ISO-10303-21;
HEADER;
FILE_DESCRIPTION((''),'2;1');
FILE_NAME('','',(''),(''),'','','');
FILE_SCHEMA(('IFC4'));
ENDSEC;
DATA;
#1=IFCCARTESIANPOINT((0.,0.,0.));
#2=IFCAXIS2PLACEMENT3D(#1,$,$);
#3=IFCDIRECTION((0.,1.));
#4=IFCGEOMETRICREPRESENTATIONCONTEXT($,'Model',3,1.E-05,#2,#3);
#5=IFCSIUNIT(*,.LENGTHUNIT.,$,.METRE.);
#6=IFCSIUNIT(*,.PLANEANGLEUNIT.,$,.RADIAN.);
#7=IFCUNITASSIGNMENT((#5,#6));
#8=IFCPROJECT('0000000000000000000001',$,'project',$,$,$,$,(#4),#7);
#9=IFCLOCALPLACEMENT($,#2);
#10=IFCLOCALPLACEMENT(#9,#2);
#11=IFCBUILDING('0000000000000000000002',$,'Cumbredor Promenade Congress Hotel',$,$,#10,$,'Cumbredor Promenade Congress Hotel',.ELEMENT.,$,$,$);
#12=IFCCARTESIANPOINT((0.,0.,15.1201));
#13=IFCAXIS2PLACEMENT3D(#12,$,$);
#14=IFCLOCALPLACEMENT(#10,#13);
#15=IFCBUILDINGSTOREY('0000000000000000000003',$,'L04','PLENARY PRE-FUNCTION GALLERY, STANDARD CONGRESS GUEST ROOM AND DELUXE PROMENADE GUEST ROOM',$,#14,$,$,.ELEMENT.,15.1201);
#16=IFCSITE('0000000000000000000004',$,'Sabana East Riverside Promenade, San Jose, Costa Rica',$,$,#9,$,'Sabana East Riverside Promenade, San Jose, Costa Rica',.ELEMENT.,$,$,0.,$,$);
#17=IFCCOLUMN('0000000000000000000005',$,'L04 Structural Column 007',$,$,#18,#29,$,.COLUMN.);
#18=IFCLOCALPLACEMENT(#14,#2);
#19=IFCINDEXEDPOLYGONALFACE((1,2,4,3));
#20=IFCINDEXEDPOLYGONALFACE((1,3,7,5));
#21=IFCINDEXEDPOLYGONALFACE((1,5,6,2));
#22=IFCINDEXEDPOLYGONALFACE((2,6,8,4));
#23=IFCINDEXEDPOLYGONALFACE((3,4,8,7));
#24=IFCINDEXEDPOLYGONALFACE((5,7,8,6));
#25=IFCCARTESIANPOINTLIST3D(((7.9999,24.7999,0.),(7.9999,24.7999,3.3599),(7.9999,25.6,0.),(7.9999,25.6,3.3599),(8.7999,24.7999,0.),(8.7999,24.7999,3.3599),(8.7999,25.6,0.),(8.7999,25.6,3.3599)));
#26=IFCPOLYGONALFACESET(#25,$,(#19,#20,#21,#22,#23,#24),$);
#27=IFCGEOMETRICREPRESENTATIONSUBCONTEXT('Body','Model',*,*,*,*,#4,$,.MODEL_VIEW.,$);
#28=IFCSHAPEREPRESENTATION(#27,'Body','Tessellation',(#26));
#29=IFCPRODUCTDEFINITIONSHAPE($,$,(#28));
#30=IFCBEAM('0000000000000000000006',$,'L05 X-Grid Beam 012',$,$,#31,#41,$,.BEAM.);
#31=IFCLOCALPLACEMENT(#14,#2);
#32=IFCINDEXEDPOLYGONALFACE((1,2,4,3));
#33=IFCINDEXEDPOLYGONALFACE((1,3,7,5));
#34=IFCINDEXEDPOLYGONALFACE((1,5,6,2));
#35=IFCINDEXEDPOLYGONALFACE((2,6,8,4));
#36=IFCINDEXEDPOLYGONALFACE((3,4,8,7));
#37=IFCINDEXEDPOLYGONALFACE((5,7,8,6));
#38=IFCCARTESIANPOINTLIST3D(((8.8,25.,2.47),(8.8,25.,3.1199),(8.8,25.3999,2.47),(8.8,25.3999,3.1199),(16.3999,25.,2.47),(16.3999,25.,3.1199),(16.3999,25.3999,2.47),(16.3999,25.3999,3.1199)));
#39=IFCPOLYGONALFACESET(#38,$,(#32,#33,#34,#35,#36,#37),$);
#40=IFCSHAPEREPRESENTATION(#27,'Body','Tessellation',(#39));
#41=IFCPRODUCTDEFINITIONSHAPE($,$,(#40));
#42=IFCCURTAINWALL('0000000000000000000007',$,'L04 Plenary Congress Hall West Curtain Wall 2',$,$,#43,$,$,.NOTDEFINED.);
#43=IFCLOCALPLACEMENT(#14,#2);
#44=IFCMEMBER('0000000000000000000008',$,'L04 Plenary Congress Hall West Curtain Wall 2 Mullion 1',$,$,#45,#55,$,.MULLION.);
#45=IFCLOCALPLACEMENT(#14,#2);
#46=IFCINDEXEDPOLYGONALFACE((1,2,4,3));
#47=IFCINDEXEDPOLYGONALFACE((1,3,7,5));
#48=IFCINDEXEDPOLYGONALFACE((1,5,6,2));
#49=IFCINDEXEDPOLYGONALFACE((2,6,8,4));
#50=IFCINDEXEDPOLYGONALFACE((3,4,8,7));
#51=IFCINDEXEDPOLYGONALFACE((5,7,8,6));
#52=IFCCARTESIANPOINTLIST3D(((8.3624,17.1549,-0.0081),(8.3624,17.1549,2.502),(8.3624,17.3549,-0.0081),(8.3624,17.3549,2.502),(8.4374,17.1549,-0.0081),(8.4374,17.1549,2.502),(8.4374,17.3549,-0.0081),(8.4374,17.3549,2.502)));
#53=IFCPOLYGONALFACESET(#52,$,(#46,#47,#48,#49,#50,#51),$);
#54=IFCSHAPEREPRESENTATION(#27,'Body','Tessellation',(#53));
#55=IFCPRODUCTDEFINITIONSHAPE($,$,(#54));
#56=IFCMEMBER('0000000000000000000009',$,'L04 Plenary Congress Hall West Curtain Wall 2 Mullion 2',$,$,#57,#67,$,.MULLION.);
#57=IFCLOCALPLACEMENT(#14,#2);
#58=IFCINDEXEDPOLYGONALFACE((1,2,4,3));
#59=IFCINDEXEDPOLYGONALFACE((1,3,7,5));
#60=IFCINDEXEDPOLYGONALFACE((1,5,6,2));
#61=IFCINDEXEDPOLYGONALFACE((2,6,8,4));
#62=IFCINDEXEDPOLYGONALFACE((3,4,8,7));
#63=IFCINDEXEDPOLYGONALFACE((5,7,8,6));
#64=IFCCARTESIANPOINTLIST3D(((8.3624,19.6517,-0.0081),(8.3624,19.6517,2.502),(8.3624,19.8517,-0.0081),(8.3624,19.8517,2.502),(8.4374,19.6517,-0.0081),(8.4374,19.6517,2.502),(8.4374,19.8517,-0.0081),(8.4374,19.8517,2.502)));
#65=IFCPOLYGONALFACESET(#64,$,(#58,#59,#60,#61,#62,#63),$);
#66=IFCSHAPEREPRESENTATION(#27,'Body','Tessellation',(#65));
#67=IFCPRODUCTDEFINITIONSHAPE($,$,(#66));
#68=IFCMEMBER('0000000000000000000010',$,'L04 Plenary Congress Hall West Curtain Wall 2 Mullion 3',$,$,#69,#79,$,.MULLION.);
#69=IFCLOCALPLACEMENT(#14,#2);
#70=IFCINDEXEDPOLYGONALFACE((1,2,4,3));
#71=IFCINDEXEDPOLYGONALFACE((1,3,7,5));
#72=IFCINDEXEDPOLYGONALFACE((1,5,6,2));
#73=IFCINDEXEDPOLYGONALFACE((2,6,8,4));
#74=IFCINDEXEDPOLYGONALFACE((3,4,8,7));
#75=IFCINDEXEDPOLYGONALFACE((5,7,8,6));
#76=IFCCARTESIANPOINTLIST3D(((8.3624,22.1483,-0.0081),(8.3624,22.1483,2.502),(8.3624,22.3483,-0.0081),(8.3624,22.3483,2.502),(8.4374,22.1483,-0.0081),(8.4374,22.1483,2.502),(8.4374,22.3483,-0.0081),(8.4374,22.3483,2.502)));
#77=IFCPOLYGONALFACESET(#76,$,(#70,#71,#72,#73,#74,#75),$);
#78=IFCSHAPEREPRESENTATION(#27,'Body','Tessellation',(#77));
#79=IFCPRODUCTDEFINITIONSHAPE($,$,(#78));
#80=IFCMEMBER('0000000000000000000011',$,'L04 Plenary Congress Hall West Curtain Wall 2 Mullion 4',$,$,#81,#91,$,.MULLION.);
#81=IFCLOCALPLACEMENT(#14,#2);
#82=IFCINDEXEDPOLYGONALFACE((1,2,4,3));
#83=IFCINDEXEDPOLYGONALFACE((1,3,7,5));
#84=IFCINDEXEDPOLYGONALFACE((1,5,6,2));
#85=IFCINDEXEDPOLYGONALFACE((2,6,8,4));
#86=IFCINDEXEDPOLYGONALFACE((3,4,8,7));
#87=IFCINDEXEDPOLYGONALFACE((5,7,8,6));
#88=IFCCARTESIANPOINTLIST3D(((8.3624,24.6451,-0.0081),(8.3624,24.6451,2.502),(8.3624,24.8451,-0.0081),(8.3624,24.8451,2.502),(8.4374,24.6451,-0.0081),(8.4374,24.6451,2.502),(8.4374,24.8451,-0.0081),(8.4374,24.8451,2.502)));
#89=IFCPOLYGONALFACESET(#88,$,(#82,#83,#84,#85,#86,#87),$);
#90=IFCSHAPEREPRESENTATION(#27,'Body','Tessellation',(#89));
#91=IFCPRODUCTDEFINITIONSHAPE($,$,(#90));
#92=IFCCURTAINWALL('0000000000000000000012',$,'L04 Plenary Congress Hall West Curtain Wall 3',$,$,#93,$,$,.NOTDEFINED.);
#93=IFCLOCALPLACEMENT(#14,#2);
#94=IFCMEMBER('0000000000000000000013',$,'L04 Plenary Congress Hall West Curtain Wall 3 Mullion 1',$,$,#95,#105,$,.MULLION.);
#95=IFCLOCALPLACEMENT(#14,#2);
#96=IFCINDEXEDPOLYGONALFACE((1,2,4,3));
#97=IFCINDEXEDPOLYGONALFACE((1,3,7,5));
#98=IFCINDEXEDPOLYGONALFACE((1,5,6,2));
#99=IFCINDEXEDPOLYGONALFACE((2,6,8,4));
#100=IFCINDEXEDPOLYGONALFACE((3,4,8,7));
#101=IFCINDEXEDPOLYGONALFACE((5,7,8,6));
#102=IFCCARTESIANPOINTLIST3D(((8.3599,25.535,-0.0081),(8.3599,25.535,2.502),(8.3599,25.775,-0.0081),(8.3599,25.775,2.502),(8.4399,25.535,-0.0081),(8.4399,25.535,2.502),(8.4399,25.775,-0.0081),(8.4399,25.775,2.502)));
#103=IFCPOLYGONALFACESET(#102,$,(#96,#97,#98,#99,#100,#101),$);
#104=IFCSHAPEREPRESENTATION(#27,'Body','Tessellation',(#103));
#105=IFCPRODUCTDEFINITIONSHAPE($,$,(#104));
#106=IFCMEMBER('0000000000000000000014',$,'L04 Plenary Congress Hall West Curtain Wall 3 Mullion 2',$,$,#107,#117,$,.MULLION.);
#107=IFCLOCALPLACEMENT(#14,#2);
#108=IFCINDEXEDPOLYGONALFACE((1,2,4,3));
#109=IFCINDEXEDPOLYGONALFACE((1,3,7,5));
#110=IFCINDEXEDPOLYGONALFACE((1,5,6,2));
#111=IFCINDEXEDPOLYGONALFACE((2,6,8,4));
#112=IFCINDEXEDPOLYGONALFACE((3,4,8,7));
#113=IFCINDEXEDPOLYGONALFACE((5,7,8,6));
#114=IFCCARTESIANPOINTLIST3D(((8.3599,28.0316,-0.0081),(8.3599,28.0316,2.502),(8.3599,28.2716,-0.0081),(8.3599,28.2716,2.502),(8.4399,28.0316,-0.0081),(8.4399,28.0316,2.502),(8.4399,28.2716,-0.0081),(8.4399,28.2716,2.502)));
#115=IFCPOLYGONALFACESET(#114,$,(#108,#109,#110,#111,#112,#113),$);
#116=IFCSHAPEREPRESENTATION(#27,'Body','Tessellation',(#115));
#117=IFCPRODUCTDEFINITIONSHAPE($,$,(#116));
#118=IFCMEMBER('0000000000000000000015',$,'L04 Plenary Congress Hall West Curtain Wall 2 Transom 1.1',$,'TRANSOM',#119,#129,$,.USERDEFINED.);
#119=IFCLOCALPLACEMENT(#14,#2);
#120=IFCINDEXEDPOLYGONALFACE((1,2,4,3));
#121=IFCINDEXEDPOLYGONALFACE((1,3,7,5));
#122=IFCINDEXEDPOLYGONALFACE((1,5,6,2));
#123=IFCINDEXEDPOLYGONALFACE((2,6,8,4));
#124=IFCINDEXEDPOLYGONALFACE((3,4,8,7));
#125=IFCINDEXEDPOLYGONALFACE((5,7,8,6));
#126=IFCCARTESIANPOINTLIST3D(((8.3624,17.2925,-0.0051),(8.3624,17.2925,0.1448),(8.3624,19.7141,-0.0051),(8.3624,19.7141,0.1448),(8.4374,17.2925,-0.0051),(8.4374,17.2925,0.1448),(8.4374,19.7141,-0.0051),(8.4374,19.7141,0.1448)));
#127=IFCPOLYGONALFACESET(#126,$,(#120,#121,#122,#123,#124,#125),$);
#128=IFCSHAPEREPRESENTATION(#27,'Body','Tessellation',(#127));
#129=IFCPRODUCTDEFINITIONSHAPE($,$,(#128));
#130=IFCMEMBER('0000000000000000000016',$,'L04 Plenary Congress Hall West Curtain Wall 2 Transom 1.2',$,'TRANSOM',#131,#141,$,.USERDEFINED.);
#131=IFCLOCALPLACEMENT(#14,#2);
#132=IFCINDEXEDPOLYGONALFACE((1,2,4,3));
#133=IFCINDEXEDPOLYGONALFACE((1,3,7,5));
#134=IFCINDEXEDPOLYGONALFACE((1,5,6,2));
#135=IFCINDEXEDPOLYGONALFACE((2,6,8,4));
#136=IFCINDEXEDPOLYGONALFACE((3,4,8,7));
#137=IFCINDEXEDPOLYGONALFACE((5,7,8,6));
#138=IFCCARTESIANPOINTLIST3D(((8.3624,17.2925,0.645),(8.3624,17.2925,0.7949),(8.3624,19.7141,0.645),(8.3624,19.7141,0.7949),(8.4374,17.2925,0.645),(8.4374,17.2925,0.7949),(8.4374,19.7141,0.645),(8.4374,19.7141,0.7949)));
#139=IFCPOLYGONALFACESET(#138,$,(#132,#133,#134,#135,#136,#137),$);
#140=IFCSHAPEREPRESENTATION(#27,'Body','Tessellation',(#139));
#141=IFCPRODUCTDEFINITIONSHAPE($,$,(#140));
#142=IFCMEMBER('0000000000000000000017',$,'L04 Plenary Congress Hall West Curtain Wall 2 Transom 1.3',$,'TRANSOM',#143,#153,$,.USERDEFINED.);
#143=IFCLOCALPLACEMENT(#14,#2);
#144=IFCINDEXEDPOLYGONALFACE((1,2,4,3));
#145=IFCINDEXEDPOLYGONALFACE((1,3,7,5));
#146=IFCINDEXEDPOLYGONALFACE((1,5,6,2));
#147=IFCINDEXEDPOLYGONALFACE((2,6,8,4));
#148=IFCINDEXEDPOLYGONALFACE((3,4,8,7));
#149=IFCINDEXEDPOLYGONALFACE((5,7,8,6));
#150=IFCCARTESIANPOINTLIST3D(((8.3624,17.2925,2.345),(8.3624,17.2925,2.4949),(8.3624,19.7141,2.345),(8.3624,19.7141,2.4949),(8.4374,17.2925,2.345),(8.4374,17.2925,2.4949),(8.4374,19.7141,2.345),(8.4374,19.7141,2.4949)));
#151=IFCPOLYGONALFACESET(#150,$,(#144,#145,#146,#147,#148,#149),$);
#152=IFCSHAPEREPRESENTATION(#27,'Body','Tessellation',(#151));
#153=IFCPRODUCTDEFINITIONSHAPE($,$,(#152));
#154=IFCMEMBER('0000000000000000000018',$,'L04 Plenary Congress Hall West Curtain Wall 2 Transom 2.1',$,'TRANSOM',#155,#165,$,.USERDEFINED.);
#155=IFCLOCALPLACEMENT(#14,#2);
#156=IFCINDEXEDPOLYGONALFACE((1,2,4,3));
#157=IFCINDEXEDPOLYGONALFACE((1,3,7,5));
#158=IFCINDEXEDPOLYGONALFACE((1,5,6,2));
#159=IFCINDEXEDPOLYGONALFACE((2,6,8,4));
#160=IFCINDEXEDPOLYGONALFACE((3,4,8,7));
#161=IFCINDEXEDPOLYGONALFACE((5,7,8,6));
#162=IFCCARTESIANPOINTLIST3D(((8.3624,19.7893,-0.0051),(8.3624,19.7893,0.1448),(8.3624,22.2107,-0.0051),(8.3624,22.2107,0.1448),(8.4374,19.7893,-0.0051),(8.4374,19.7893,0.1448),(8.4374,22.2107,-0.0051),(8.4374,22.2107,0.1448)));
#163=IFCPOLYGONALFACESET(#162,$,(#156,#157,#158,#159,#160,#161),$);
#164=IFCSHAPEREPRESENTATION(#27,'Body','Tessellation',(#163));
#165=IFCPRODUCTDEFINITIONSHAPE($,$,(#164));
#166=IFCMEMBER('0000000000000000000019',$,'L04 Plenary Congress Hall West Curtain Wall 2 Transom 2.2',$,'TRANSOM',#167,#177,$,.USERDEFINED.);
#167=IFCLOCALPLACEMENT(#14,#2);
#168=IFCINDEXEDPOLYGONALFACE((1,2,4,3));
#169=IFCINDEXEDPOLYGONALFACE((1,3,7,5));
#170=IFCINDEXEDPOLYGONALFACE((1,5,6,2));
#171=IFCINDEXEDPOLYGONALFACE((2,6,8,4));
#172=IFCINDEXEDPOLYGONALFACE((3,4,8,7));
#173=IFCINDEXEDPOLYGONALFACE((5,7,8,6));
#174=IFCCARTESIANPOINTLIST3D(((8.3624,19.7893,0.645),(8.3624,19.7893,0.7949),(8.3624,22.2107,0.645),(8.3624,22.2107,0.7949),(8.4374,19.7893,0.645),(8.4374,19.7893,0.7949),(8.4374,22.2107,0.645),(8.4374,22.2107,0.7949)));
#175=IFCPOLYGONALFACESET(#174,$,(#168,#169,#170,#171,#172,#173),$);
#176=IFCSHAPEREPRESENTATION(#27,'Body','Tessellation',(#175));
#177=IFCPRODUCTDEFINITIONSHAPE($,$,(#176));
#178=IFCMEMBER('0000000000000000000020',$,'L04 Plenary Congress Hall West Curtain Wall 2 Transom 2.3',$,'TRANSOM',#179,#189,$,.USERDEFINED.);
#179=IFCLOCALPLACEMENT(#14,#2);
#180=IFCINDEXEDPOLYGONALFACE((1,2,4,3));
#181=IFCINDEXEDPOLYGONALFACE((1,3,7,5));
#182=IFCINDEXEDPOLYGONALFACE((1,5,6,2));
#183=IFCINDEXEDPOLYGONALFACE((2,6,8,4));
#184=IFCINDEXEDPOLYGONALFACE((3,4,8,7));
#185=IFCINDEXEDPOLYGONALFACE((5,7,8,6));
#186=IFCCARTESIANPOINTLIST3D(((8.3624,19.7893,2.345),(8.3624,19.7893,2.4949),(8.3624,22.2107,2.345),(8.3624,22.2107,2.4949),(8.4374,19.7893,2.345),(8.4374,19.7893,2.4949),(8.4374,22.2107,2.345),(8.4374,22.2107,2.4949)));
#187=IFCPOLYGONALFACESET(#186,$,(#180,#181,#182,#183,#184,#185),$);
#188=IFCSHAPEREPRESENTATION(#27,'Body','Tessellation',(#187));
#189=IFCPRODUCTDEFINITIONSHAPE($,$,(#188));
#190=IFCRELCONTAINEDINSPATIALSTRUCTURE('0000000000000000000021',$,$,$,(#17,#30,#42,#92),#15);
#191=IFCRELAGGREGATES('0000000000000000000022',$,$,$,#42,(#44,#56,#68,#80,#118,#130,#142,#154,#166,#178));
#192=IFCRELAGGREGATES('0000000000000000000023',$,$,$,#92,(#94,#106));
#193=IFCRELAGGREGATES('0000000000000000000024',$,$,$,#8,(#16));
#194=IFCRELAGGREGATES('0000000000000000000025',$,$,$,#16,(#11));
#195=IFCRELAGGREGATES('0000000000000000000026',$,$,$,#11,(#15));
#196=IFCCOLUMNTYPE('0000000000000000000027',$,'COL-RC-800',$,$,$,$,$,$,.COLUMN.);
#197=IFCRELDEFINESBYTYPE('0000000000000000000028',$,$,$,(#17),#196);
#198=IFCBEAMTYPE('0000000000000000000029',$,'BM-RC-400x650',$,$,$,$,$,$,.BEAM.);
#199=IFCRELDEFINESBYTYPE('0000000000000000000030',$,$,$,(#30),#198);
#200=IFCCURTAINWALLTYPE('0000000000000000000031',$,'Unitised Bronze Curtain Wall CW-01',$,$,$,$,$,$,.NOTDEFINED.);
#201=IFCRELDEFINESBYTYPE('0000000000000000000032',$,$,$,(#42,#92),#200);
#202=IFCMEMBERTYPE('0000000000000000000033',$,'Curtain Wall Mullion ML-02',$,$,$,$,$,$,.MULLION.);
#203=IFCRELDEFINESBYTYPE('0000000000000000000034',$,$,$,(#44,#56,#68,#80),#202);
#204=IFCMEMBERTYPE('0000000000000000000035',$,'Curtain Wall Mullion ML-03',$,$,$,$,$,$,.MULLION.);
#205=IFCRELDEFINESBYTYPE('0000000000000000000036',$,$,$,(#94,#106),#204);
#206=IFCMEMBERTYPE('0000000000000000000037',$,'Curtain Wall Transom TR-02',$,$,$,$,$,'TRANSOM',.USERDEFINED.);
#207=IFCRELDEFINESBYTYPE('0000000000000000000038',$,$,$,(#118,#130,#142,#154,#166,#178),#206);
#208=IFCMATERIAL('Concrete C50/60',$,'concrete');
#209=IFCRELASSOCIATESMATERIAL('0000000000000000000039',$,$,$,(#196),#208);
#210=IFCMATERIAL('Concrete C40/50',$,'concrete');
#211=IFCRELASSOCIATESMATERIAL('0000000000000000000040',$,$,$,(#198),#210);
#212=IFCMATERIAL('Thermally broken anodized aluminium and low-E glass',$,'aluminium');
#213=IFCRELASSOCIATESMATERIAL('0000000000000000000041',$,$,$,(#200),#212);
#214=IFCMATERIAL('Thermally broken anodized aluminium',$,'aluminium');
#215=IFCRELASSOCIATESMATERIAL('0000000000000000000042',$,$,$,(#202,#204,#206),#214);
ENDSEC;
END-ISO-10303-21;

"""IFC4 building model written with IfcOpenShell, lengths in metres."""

from ifc_helpers import new_model, si_unit, direction, frame, origin, origin_2d, place, context, subcontext, project, spatial, rectangle, extrude, material, material_profile, profile_set, type_object, element, aggregate, save


model = new_model("IFC4")

# Units and contexts
model_context = context("Model", 3, precision=1e-05, world=origin(), true_north=direction((0.0, 1.0)))
body_context = subcontext(model_context, "Body", "Model", "MODEL_VIEW")
ifc_project = project(units=[si_unit("LENGTHUNIT", "METRE"), si_unit("PLANEANGLEUNIT", "RADIAN")], contexts=[model_context])

# Site, building, storey
site_placement = place(None, origin())
site = spatial("IfcSite", under=ifc_project, at=site_placement, Name="Sabana East Riverside Promenade, San Jose, Costa Rica", LongName="Sabana East Riverside Promenade, San Jose, Costa Rica", CompositionType="ELEMENT", RefElevation=0.0)
building_placement = place(site_placement, origin())
building = spatial("IfcBuilding", under=site, at=building_placement, Name="Cumbredor Promenade Congress Hotel", LongName="Cumbredor Promenade Congress Hotel", CompositionType="ELEMENT")
storey_placement = place(building_placement, frame((0.0, 0.0, 15.1201)))
storey = spatial("IfcBuildingStorey", under=building, at=storey_placement, Name="L04", Description="PLENARY PRE-FUNCTION GALLERY, STANDARD CONGRESS GUEST ROOM AND DELUXE PROMENADE GUEST ROOM", CompositionType="ELEMENT", Elevation=15.1201)

# Column
ifc_material_1 = material(Name="Concrete C50/60", Category="concrete")
ifc_material_profile_1 = material_profile(ifc_material_1, rectangle(XDim=0.8, YDim=0.8, at=origin_2d()), Name="RC 800x800")
ifc_profile_set_1 = profile_set([ifc_material_profile_1], Name="Concrete C50/60")
column_type = type_object("IfcColumnType", Name="COL-RC-800", PredefinedType="COLUMN", material=ifc_profile_set_1)
column_placement = place(storey_placement, frame((8.3999, 25.2, 0.0), z_axis=(0.0, 0.0, 1.0), x_axis=(1.0, 0.0, 0.0)))
element("IfcColumn", 1, at=column_placement, inside=storey, type_object=column_type, Name="L04 Structural Column 007", PredefinedType="COLUMN", context=body_context, shape_type="SweptSolid", body=[
    extrude(rectangle(XDim=0.8, YDim=0.8, at=origin_2d()), origin(), (0.0, 0.0, 1.0), 3.3599),
])

# Beam
ifc_material_2 = material(Name="Concrete C40/50", Category="concrete")
ifc_material_profile_2 = material_profile(ifc_material_2, rectangle(XDim=0.3999, YDim=0.6499, at=origin_2d()), Name="RC BEAM 400x650")
ifc_profile_set_2 = profile_set([ifc_material_profile_2], Name="Concrete C40/50")
beam_type_1 = type_object("IfcBeamType", Name="BM-RC-400x650", PredefinedType="BEAM", material=ifc_profile_set_2)
beam_1_placement = place(storey_placement, frame((8.8, 25.2, 2.7949), z_axis=(1.0, 0.0, 0.0), x_axis=(0.0, 1.0, 0.0)))
element("IfcBeam", 2, at=beam_1_placement, inside=storey, type_object=beam_type_1, Name="L05 X-Grid Beam 012", PredefinedType="BEAM", context=body_context, shape_type="SweptSolid", body=[
    extrude(rectangle(XDim=0.3999, YDim=0.6499, at=origin_2d()), origin(), (0.0, 0.0, 1.0), 7.5999),
])

# Curtain walls, members
ifc_material_3 = material(Name="Thermally broken anodized aluminium and low-E glass", Category="aluminium")
curtain_wall_type = type_object("IfcCurtainWallType", Name="Unitised Bronze Curtain Wall CW-01", PredefinedType="NOTDEFINED", material=ifc_material_3)
curtain_wall_1_placement = place(storey_placement, origin())
curtain_wall_1 = element("IfcCurtainWall", 3, at=curtain_wall_1_placement, inside=storey, type_object=curtain_wall_type, Name="L04 Plenary Congress Hall West Curtain Wall 2", PredefinedType="NOTDEFINED")
ifc_material_4 = material(Name="Thermally broken anodized aluminium", Category="aluminium")
ifc_material_profile_3 = material_profile(ifc_material_4, rectangle(XDim=0.075, YDim=0.2, at=origin_2d()), Name="ALU MULLION 75x200")
ifc_profile_set_3 = profile_set([ifc_material_profile_3], Name="Thermally broken anodized aluminium")
member_type_1 = type_object("IfcMemberType", Name="Curtain Wall Mullion ML-02", PredefinedType="MULLION", material=ifc_profile_set_3)
member_1_placement = place(storey_placement, frame((8.3999, 17.2549, -0.0081), z_axis=(0.0, 0.0, 1.0), x_axis=(1.0, 0.0, 0.0)))
member_1 = element("IfcMember", 4, at=member_1_placement, type_object=member_type_1, Name="L04 Plenary Congress Hall West Curtain Wall 2 Mullion 1", PredefinedType="MULLION", context=body_context, shape_type="SweptSolid", body=[
    extrude(rectangle(XDim=0.075, YDim=0.2, at=origin_2d()), origin(), (0.0, 0.0, 1.0), 2.51),
])
member_2_placement = place(storey_placement, frame((8.3999, 19.7517, -0.0081), z_axis=(0.0, 0.0, 1.0), x_axis=(1.0, 0.0, 0.0)))
member_2 = element("IfcMember", 5, at=member_2_placement, type_object=member_type_1, Name="L04 Plenary Congress Hall West Curtain Wall 2 Mullion 2", PredefinedType="MULLION", context=body_context, shape_type="SweptSolid", body=[
    extrude(rectangle(XDim=0.075, YDim=0.2, at=origin_2d()), origin(), (0.0, 0.0, 1.0), 2.51),
])
member_3_placement = place(storey_placement, frame((8.3999, 22.2483, -0.0081), z_axis=(0.0, 0.0, 1.0), x_axis=(1.0, 0.0, 0.0)))
member_3 = element("IfcMember", 6, at=member_3_placement, type_object=member_type_1, Name="L04 Plenary Congress Hall West Curtain Wall 2 Mullion 3", PredefinedType="MULLION", context=body_context, shape_type="SweptSolid", body=[
    extrude(rectangle(XDim=0.075, YDim=0.2, at=origin_2d()), origin(), (0.0, 0.0, 1.0), 2.51),
])
member_4_placement = place(storey_placement, frame((8.3999, 24.7451, -0.0081), z_axis=(0.0, 0.0, 1.0), x_axis=(1.0, 0.0, 0.0)))
member_4 = element("IfcMember", 7, at=member_4_placement, type_object=member_type_1, Name="L04 Plenary Congress Hall West Curtain Wall 2 Mullion 4", PredefinedType="MULLION", context=body_context, shape_type="SweptSolid", body=[
    extrude(rectangle(XDim=0.075, YDim=0.2, at=origin_2d()), origin(), (0.0, 0.0, 1.0), 2.51),
])
curtain_wall_2_placement = place(storey_placement, origin())
curtain_wall_2 = element("IfcCurtainWall", 8, at=curtain_wall_2_placement, inside=storey, type_object=curtain_wall_type, Name="L04 Plenary Congress Hall West Curtain Wall 3", PredefinedType="NOTDEFINED")
ifc_material_profile_4 = material_profile(ifc_material_4, rectangle(XDim=0.0801, YDim=0.24, at=origin_2d()), Name="ALU MULLION 80x240")
ifc_profile_set_4 = profile_set([ifc_material_profile_4], Name="Thermally broken anodized aluminium")
member_type_2 = type_object("IfcMemberType", Name="Curtain Wall Mullion ML-03", PredefinedType="MULLION", material=ifc_profile_set_4)
member_5_placement = place(storey_placement, frame((8.3999, 25.655, -0.0081), z_axis=(0.0, 0.0, 1.0), x_axis=(1.0, 0.0, 0.0)))
member_5 = element("IfcMember", 9, at=member_5_placement, type_object=member_type_2, Name="L04 Plenary Congress Hall West Curtain Wall 3 Mullion 1", PredefinedType="MULLION", context=body_context, shape_type="SweptSolid", body=[
    extrude(rectangle(XDim=0.0801, YDim=0.24, at=origin_2d()), origin(), (0.0, 0.0, 1.0), 2.51),
])
member_6_placement = place(storey_placement, frame((8.3999, 28.1516, -0.0081), z_axis=(0.0, 0.0, 1.0), x_axis=(1.0, 0.0, 0.0)))
member_6 = element("IfcMember", 10, at=member_6_placement, type_object=member_type_2, Name="L04 Plenary Congress Hall West Curtain Wall 3 Mullion 2", PredefinedType="MULLION", context=body_context, shape_type="SweptSolid", body=[
    extrude(rectangle(XDim=0.0801, YDim=0.24, at=origin_2d()), origin(), (0.0, 0.0, 1.0), 2.51),
])

# Members
ifc_material_profile_5 = material_profile(ifc_material_4, rectangle(XDim=0.075, YDim=0.1499, at=origin_2d()), Name="ALU TRANSOM 75x150")
ifc_profile_set_5 = profile_set([ifc_material_profile_5], Name="Thermally broken anodized aluminium")
member_type_3 = type_object("IfcMemberType", Name="Curtain Wall Transom TR-02", ElementType="TRANSOM", PredefinedType="USERDEFINED", material=ifc_profile_set_5)
member_7_placement = place(storey_placement, frame((8.3999, 17.2925, 0.0698), z_axis=(0.0, 1.0, 0.0), x_axis=(-1.0, 0.0, 0.0)))
member_7 = element("IfcMember", 11, at=member_7_placement, type_object=member_type_3, Name="L04 Plenary Congress Hall West Curtain Wall 2 Transom 1.1", ObjectType="TRANSOM", PredefinedType="USERDEFINED", context=body_context, shape_type="SweptSolid", body=[
    extrude(rectangle(XDim=0.075, YDim=0.1499, at=origin_2d()), origin(), (0.0, 0.0, 1.0), 2.4216),
])
member_8_placement = place(storey_placement, frame((8.3999, 17.2925, 0.72), z_axis=(0.0, 1.0, 0.0), x_axis=(-1.0, 0.0, 0.0)))
member_8 = element("IfcMember", 12, at=member_8_placement, type_object=member_type_3, Name="L04 Plenary Congress Hall West Curtain Wall 2 Transom 1.2", ObjectType="TRANSOM", PredefinedType="USERDEFINED", context=body_context, shape_type="SweptSolid", body=[
    extrude(rectangle(XDim=0.075, YDim=0.1499, at=origin_2d()), origin(), (0.0, 0.0, 1.0), 2.4216),
])
member_9_placement = place(storey_placement, frame((8.3999, 17.2925, 2.4199), z_axis=(0.0, 1.0, 0.0), x_axis=(-1.0, 0.0, 0.0)))
member_9 = element("IfcMember", 13, at=member_9_placement, type_object=member_type_3, Name="L04 Plenary Congress Hall West Curtain Wall 2 Transom 1.3", ObjectType="TRANSOM", PredefinedType="USERDEFINED", context=body_context, shape_type="SweptSolid", body=[
    extrude(rectangle(XDim=0.075, YDim=0.1499, at=origin_2d()), origin(), (0.0, 0.0, 1.0), 2.4216),
])
member_10_placement = place(storey_placement, frame((8.3999, 19.7893, 0.0698), z_axis=(0.0, 1.0, 0.0), x_axis=(-1.0, 0.0, 0.0)))
member_10 = element("IfcMember", 14, at=member_10_placement, type_object=member_type_3, Name="L04 Plenary Congress Hall West Curtain Wall 2 Transom 2.1", ObjectType="TRANSOM", PredefinedType="USERDEFINED", context=body_context, shape_type="SweptSolid", body=[
    extrude(rectangle(XDim=0.075, YDim=0.1499, at=origin_2d()), origin(), (0.0, 0.0, 1.0), 2.4214),
])
member_11_placement = place(storey_placement, frame((8.3999, 19.7893, 0.72), z_axis=(0.0, 1.0, 0.0), x_axis=(-1.0, 0.0, 0.0)))
member_11 = element("IfcMember", 15, at=member_11_placement, type_object=member_type_3, Name="L04 Plenary Congress Hall West Curtain Wall 2 Transom 2.2", ObjectType="TRANSOM", PredefinedType="USERDEFINED", context=body_context, shape_type="SweptSolid", body=[
    extrude(rectangle(XDim=0.075, YDim=0.1499, at=origin_2d()), origin(), (0.0, 0.0, 1.0), 2.4214),
])
member_12_placement = place(storey_placement, frame((8.3999, 19.7893, 2.4199), z_axis=(0.0, 1.0, 0.0), x_axis=(-1.0, 0.0, 0.0)))
member_12 = element("IfcMember", 16, at=member_12_placement, type_object=member_type_3, Name="L04 Plenary Congress Hall West Curtain Wall 2 Transom 2.3", ObjectType="TRANSOM", PredefinedType="USERDEFINED", context=body_context, shape_type="SweptSolid", body=[
    extrude(rectangle(XDim=0.075, YDim=0.1499, at=origin_2d()), origin(), (0.0, 0.0, 1.0), 2.4214),
])

aggregate(curtain_wall_1, [member_1, member_2, member_3, member_4, member_7, member_8, member_9, member_10, member_11, member_12])
aggregate(curtain_wall_2, [member_5, member_6])

save(model, "model.ifc")
